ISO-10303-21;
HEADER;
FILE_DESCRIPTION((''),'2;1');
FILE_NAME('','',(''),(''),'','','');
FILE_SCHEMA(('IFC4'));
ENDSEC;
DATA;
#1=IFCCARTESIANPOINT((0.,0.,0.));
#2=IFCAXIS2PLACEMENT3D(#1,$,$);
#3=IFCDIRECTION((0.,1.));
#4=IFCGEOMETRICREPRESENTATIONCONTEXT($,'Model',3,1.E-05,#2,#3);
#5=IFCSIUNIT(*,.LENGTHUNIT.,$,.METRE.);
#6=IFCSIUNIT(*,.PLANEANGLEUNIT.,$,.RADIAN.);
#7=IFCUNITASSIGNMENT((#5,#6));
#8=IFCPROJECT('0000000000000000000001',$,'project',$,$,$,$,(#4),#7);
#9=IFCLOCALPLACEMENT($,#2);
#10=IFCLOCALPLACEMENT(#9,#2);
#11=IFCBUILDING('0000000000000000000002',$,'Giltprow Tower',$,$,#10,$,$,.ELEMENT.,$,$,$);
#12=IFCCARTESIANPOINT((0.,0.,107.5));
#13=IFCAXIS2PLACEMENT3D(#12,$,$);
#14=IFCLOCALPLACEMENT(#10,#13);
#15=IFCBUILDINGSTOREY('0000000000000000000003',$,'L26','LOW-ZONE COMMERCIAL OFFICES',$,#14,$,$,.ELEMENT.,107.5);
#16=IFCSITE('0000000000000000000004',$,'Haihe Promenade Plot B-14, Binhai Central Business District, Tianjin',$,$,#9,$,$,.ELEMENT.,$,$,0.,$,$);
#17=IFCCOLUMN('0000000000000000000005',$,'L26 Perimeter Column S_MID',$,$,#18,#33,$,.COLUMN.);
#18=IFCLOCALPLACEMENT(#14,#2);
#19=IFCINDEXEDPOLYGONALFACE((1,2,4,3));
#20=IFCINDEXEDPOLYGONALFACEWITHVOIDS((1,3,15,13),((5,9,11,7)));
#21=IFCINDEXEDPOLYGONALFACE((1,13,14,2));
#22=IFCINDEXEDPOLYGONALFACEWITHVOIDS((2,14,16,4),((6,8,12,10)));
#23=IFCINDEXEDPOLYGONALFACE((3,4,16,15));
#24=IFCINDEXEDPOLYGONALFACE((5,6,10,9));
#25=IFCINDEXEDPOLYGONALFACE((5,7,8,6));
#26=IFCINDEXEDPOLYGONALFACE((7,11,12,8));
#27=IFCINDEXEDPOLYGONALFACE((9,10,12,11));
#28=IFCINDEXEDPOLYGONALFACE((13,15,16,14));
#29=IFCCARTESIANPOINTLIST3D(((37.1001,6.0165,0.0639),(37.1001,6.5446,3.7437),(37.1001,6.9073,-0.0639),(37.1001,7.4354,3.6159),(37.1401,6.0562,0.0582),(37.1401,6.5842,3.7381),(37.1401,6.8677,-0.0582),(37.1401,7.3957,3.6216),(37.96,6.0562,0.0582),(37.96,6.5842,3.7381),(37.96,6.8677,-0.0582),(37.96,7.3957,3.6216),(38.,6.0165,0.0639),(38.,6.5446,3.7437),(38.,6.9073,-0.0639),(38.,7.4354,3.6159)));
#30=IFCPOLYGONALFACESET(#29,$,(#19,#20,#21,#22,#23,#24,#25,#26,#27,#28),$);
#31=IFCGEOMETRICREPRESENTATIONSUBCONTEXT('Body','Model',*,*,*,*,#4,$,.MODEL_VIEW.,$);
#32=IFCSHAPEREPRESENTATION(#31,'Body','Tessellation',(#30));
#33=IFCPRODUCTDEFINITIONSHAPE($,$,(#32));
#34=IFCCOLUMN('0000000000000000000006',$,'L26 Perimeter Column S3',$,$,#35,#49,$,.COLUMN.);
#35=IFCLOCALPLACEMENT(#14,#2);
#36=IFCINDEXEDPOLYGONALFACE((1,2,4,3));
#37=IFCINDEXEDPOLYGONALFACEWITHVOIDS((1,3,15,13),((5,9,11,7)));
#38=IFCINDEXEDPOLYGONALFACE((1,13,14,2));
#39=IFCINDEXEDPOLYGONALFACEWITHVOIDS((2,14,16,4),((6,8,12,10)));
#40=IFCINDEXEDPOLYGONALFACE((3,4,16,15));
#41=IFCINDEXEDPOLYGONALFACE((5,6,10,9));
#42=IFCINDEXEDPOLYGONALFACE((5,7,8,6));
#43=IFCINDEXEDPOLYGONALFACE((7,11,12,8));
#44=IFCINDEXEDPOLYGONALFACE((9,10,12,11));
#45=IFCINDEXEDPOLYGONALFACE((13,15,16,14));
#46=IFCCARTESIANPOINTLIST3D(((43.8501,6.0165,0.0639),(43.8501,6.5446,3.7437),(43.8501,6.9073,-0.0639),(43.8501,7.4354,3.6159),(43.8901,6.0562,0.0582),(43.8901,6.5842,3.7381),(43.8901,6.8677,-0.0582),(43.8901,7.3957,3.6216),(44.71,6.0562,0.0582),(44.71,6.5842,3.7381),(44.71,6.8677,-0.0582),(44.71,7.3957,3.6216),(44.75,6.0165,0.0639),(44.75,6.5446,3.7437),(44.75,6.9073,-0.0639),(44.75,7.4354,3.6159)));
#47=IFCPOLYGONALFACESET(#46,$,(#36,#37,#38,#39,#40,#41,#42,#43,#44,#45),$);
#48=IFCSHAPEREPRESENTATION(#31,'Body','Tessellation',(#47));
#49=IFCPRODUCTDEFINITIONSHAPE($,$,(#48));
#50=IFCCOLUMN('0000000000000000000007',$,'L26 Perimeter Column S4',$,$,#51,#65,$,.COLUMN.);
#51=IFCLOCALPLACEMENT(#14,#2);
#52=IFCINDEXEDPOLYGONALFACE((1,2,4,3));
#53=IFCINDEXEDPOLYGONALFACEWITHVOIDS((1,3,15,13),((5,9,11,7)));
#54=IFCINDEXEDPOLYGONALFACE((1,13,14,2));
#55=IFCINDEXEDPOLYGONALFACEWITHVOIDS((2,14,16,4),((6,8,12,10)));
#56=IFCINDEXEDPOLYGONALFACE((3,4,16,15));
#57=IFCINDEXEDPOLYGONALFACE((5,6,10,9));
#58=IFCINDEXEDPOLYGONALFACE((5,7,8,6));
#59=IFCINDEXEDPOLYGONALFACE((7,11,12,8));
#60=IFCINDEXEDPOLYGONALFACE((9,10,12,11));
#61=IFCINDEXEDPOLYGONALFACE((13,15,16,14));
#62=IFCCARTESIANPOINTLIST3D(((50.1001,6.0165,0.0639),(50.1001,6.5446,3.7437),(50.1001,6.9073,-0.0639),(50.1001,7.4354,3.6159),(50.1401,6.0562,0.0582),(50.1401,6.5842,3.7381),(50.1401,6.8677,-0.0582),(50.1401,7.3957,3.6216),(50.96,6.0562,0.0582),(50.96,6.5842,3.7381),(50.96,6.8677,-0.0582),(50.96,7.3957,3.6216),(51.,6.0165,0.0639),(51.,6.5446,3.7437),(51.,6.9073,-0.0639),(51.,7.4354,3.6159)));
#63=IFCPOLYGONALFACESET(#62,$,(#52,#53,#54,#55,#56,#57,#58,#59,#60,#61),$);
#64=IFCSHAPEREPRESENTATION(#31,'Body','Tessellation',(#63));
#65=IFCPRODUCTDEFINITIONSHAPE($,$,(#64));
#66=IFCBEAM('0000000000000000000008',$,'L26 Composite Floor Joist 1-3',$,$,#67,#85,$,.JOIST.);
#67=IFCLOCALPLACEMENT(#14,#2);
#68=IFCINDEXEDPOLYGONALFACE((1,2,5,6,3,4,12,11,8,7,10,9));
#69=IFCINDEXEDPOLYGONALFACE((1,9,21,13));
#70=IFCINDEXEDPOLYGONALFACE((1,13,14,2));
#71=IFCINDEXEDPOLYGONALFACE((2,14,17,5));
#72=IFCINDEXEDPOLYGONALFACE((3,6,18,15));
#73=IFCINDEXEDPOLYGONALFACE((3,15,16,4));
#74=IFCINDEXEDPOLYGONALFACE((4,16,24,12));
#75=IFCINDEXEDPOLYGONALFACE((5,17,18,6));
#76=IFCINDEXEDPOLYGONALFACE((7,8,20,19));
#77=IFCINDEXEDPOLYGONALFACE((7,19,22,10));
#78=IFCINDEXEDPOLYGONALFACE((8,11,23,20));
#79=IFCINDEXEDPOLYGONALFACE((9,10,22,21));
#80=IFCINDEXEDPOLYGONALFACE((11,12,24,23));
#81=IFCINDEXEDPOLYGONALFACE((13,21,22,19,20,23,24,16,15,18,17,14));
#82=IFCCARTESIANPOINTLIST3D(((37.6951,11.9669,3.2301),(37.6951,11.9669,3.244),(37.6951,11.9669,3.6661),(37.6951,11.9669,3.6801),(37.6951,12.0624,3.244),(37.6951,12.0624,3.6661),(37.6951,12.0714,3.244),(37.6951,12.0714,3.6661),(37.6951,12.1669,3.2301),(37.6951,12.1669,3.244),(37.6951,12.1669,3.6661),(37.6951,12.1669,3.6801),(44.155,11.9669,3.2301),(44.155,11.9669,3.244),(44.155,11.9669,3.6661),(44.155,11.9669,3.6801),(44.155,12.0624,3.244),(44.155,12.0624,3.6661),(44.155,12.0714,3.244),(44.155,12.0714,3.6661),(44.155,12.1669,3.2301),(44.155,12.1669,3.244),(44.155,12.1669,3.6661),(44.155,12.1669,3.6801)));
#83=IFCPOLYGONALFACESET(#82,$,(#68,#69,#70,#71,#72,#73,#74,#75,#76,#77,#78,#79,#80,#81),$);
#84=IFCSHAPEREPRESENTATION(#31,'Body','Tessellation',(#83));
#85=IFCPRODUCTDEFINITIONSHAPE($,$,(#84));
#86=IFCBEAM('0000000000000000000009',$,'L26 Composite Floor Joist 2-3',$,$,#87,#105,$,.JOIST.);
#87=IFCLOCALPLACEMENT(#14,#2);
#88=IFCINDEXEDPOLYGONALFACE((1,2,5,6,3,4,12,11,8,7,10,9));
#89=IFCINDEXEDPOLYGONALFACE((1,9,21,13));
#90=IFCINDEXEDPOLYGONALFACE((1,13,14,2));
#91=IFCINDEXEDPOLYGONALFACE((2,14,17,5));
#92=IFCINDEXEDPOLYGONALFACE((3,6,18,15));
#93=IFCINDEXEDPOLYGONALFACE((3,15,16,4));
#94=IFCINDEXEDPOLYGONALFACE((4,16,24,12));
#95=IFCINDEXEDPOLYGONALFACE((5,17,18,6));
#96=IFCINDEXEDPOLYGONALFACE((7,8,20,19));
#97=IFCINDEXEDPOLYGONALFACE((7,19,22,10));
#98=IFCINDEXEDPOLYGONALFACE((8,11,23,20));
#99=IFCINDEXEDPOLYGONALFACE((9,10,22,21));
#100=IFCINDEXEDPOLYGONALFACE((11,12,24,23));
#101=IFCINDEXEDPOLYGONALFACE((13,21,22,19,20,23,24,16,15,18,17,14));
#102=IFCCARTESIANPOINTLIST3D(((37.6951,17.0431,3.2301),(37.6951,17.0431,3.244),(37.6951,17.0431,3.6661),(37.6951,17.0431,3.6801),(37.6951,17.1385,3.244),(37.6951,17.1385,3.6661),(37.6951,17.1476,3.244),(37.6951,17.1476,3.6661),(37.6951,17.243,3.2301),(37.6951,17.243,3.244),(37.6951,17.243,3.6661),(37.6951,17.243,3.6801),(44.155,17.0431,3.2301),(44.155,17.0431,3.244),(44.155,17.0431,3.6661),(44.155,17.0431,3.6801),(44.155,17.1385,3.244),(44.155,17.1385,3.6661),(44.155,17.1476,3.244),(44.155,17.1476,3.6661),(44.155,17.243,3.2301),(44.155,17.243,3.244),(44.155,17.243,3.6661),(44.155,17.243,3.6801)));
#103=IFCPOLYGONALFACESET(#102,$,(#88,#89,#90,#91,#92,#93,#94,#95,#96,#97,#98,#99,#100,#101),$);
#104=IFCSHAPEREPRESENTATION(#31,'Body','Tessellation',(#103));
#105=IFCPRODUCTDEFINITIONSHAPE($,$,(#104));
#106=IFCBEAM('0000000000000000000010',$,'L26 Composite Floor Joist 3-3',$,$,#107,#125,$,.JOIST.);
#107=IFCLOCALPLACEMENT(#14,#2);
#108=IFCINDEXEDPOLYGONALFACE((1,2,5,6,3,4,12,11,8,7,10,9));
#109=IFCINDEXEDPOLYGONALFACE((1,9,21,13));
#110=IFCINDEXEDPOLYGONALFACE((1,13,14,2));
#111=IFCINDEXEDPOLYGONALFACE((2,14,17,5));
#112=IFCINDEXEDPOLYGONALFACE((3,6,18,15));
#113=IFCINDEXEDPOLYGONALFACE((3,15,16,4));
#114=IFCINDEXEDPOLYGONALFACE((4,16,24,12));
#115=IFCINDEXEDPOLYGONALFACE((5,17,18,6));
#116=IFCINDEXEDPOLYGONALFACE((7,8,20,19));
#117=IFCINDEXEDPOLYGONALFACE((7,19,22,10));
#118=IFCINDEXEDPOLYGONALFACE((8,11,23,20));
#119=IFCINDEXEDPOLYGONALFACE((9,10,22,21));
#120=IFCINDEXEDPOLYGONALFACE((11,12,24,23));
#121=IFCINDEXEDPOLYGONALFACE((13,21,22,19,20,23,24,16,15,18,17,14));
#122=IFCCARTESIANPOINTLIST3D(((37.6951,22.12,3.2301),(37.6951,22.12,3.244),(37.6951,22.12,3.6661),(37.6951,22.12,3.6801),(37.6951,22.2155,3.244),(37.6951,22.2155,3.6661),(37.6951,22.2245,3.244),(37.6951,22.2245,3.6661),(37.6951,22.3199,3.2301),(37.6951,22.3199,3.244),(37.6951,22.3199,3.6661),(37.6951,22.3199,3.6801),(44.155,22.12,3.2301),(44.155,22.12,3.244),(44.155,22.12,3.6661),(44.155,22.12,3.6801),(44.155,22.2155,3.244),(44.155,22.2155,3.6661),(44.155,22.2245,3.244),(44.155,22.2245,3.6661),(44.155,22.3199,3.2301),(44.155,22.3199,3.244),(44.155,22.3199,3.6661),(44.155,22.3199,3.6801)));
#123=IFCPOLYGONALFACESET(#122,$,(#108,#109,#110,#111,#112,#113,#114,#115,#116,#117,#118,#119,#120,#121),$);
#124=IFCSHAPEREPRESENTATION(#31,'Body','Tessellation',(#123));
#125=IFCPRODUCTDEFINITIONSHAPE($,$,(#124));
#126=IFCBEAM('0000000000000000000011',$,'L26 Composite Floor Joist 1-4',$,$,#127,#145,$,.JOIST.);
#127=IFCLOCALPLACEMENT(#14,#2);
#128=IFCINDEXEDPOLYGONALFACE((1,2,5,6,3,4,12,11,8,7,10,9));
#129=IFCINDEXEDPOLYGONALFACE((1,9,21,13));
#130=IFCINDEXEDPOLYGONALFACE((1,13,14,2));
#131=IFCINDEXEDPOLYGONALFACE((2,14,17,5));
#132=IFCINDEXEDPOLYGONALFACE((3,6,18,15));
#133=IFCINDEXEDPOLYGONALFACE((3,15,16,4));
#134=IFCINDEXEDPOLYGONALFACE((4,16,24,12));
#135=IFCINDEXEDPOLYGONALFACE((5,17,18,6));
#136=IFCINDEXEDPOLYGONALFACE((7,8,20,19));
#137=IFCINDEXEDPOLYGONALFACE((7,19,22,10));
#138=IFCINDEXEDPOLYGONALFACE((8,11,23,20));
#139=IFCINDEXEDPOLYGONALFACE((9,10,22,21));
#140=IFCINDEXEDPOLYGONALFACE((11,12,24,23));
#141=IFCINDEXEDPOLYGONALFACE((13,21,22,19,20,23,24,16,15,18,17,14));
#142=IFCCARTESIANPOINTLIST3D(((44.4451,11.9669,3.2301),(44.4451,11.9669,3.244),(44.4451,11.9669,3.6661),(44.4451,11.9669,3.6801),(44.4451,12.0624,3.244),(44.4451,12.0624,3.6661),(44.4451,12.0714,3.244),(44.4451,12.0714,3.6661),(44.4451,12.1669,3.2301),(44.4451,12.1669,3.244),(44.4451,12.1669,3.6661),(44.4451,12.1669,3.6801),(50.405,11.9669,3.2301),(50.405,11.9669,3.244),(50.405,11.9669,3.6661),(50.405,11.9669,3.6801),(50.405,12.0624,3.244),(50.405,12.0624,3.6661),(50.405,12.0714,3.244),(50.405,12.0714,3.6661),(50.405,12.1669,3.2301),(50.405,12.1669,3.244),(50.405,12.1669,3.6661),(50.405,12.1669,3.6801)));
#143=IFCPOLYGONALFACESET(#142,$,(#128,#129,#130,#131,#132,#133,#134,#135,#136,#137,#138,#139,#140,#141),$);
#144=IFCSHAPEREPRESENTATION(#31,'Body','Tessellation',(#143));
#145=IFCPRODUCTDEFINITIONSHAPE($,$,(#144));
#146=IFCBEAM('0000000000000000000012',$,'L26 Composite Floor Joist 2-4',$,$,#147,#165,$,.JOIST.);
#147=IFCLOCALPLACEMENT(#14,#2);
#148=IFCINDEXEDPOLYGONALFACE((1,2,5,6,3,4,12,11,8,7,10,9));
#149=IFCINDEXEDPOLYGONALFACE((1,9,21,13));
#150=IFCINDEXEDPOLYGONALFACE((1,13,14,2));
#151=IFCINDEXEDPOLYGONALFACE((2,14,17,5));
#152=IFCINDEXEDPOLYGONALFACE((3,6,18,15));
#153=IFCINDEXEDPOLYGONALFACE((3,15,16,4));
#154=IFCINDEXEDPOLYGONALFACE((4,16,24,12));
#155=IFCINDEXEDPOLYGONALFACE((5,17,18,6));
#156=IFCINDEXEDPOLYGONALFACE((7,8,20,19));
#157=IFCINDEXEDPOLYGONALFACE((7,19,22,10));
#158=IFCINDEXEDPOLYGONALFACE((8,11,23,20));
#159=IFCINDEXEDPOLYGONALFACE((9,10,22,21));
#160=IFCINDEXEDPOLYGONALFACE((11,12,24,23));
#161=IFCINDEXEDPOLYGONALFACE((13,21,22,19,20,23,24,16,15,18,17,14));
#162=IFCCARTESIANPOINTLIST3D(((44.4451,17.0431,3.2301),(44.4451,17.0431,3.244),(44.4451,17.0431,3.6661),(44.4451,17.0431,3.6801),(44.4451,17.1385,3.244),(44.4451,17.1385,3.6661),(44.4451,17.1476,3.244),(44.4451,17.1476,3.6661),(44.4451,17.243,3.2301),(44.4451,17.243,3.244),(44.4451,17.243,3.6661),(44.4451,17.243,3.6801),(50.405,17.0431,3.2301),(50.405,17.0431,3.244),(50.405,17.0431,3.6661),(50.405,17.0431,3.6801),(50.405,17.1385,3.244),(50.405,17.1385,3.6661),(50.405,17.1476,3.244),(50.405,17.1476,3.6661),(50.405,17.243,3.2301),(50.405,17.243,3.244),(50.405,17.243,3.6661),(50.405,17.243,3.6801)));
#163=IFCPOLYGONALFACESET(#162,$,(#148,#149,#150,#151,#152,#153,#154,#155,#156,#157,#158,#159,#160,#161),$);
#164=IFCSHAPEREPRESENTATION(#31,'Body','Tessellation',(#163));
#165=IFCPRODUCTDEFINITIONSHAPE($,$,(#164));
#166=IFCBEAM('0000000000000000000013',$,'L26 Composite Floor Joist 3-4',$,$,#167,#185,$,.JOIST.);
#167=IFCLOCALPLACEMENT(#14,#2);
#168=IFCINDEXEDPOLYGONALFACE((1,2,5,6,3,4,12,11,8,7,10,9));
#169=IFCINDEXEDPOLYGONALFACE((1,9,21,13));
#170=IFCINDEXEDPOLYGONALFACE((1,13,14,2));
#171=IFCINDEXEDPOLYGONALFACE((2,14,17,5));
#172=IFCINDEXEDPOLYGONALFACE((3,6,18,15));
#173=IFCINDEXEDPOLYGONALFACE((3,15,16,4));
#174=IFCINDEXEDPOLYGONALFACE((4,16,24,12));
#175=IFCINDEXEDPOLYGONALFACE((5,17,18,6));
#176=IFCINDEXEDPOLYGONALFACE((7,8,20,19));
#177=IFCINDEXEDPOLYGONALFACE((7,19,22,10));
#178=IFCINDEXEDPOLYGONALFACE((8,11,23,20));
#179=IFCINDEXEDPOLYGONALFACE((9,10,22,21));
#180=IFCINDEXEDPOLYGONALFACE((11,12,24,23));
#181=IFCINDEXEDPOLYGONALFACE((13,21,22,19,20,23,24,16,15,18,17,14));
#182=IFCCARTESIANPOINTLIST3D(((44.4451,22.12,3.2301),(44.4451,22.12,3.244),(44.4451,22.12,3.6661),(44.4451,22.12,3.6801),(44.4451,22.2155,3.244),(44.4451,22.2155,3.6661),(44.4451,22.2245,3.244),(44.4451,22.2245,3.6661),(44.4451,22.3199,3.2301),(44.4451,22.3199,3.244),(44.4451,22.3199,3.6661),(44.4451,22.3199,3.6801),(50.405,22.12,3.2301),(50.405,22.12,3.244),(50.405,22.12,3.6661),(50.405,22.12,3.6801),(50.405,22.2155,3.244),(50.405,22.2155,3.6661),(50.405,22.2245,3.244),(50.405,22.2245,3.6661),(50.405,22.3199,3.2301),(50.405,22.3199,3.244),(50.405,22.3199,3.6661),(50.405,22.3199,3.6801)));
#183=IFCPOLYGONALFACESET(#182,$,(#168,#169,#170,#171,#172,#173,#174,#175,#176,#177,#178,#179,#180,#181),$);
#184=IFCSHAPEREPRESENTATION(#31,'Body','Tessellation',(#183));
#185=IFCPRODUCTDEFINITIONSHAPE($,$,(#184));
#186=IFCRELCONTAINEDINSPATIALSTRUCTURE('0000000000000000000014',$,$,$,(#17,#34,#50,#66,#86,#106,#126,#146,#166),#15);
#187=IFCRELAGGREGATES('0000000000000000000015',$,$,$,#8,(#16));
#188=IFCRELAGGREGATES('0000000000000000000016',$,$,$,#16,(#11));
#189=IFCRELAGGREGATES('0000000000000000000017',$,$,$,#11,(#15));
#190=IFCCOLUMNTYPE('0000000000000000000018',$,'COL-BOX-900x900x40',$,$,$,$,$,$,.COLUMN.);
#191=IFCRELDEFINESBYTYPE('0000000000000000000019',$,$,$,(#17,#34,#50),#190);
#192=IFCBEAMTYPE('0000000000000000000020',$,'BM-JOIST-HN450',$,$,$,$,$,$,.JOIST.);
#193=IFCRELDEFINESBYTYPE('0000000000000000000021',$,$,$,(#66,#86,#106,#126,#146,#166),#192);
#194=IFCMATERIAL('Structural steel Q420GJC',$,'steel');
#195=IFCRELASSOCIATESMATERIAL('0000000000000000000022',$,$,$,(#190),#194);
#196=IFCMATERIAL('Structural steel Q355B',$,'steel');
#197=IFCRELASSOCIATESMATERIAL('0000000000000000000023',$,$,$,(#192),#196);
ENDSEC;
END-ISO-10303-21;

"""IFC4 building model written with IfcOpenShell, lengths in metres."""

from ifc_helpers import new_model, si_unit, direction, frame, origin, origin_2d, place, context, subcontext, project, spatial, hollow_rectangle, i_section, extrude, source, transform, mapped, material, material_profile, profile_set, type_object, element, save


model = new_model("IFC4")

# Units and contexts
model_context = context("Model", 3, precision=1e-05, world=origin(), true_north=direction((0.0, 1.0)))
body_context = subcontext(model_context, "Body", "Model", "MODEL_VIEW")
ifc_project = project(units=[si_unit("LENGTHUNIT", "METRE"), si_unit("PLANEANGLEUNIT", "RADIAN")], contexts=[model_context])

# Site, building, storey
site_placement = place(None, origin())
site = spatial("IfcSite", under=ifc_project, at=site_placement, Name="Haihe Promenade Plot B-14, Binhai Central Business District, Tianjin", CompositionType="ELEMENT", RefElevation=0.0)
building_placement = place(site_placement, origin())
building = spatial("IfcBuilding", under=site, at=building_placement, Name="Giltprow Tower", CompositionType="ELEMENT")
storey_placement = place(building_placement, frame((0.0, 0.0, 107.5)))
storey = spatial("IfcBuildingStorey", under=building, at=storey_placement, Name="L26", Description="LOW-ZONE COMMERCIAL OFFICES", CompositionType="ELEMENT", Elevation=107.5)

# Columns
ifc_material_1 = material(Name="Structural steel Q420GJC", Category="steel")
ifc_material_profile_1 = material_profile(ifc_material_1, hollow_rectangle(XDim=0.8999, YDim=0.8999, WallThickness=0.04, at=origin_2d()), Name="BOX 900x900x40")
ifc_profile_set_1 = profile_set([ifc_material_profile_1], Name="Structural steel Q420GJC")
column_type = type_object("IfcColumnType", Name="COL-BOX-900x900x40", PredefinedType="COLUMN", material=ifc_profile_set_1)
shared_shape_1 = source(origin(), body_context, "Body", "SweptSolid", [
    extrude(hollow_rectangle(XDim=0.8999, YDim=0.8999, WallThickness=0.04, at=origin_2d()), origin(), (0.0, 0.0, 1.0), 3.7175),
])
for number, where, z_axis, x_axis, name in (
    (1, (37.55, 6.4619, 0.0), (0.0, 0.142047, 0.98986), (-1.0, 0.0, 0.0), "L26 Perimeter Column S_MID"),
    (2, (44.3, 6.4619, 0.0), (0.0, 0.142047, 0.98986), (-1.0, 0.0, 0.0), "L26 Perimeter Column S3"),
    (3, (50.55, 6.4619, 0.0), (0.0, 0.142047, 0.98986), (-1.0, 0.0, 0.0), "L26 Perimeter Column S4"),
):
    element("IfcColumn", number, at=place(storey_placement, frame(where, z_axis=z_axis, x_axis=x_axis)), inside=storey, type_object=column_type, Name=name, PredefinedType="COLUMN", context=body_context, shape_type="MappedRepresentation", body=[
        mapped(shared_shape_1, transform((0.0, 0.0, 0.0), x_axis=(1.0, 0.0, 0.0), y_axis=(0.0, 1.0, 0.0), z_axis=(0.0, 0.0, 1.0), scale=1.0)),
    ])

# Beams
ifc_material_2 = material(Name="Structural steel Q355B", Category="steel")
ifc_material_profile_2 = material_profile(ifc_material_2, i_section(OverallWidth=0.2, OverallDepth=0.45, WebThickness=0.009, FlangeThickness=0.0139, at=origin_2d()), Name="HN 450x200x9x14")
ifc_profile_set_2 = profile_set([ifc_material_profile_2], Name="Structural steel Q355B")
beam_type_1 = type_object("IfcBeamType", Name="BM-JOIST-HN450", PredefinedType="JOIST", material=ifc_profile_set_2)
shared_shape_2 = source(origin(), body_context, "Body", "SweptSolid", [
    extrude(i_section(OverallWidth=0.2, OverallDepth=0.45, WebThickness=0.009, FlangeThickness=0.0139, at=origin_2d()), origin(), (0.0, 0.0, 1.0), 6.46),
])
for number, where, z_axis, x_axis, name in (
    (4, (37.6951, 12.0669, 3.4551), (1.0, 0.0, 0.0), (0.0, 1.0, 0.0), "L26 Composite Floor Joist 1-3"),
    (5, (37.6951, 17.1431, 3.4551), (1.0, 0.0, 0.0), (0.0, 1.0, 0.0), "L26 Composite Floor Joist 2-3"),
    (6, (37.6951, 22.22, 3.4551), (1.0, 0.0, 0.0), (0.0, 1.0, 0.0), "L26 Composite Floor Joist 3-3"),
):
    element("IfcBeam", number, at=place(storey_placement, frame(where, z_axis=z_axis, x_axis=x_axis)), inside=storey, type_object=beam_type_1, Name=name, PredefinedType="JOIST", context=body_context, shape_type="MappedRepresentation", body=[
        mapped(shared_shape_2, transform((0.0, 0.0, 0.0), x_axis=(1.0, 0.0, 0.0), y_axis=(0.0, 1.0, 0.0), z_axis=(0.0, 0.0, 1.0), scale=1.0)),
    ])
shared_shape_3 = source(origin(), body_context, "Body", "SweptSolid", [
    extrude(i_section(OverallWidth=0.2, OverallDepth=0.45, WebThickness=0.009, FlangeThickness=0.0139, at=origin_2d()), origin(), (0.0, 0.0, 1.0), 5.96),
])
for number, where, z_axis, x_axis, name in (
    (7, (44.4451, 12.0669, 3.4551), (1.0, 0.0, 0.0), (0.0, 1.0, 0.0), "L26 Composite Floor Joist 1-4"),
    (8, (44.4451, 17.1431, 3.4551), (1.0, 0.0, 0.0), (0.0, 1.0, 0.0), "L26 Composite Floor Joist 2-4"),
    (9, (44.4451, 22.22, 3.4551), (1.0, 0.0, 0.0), (0.0, 1.0, 0.0), "L26 Composite Floor Joist 3-4"),
):
    element("IfcBeam", number, at=place(storey_placement, frame(where, z_axis=z_axis, x_axis=x_axis)), inside=storey, type_object=beam_type_1, Name=name, PredefinedType="JOIST", context=body_context, shape_type="MappedRepresentation", body=[
        mapped(shared_shape_3, transform((0.0, 0.0, 0.0), x_axis=(1.0, 0.0, 0.0), y_axis=(0.0, 1.0, 0.0), z_axis=(0.0, 0.0, 1.0), scale=1.0)),
    ])

save(model, "model.ifc")
